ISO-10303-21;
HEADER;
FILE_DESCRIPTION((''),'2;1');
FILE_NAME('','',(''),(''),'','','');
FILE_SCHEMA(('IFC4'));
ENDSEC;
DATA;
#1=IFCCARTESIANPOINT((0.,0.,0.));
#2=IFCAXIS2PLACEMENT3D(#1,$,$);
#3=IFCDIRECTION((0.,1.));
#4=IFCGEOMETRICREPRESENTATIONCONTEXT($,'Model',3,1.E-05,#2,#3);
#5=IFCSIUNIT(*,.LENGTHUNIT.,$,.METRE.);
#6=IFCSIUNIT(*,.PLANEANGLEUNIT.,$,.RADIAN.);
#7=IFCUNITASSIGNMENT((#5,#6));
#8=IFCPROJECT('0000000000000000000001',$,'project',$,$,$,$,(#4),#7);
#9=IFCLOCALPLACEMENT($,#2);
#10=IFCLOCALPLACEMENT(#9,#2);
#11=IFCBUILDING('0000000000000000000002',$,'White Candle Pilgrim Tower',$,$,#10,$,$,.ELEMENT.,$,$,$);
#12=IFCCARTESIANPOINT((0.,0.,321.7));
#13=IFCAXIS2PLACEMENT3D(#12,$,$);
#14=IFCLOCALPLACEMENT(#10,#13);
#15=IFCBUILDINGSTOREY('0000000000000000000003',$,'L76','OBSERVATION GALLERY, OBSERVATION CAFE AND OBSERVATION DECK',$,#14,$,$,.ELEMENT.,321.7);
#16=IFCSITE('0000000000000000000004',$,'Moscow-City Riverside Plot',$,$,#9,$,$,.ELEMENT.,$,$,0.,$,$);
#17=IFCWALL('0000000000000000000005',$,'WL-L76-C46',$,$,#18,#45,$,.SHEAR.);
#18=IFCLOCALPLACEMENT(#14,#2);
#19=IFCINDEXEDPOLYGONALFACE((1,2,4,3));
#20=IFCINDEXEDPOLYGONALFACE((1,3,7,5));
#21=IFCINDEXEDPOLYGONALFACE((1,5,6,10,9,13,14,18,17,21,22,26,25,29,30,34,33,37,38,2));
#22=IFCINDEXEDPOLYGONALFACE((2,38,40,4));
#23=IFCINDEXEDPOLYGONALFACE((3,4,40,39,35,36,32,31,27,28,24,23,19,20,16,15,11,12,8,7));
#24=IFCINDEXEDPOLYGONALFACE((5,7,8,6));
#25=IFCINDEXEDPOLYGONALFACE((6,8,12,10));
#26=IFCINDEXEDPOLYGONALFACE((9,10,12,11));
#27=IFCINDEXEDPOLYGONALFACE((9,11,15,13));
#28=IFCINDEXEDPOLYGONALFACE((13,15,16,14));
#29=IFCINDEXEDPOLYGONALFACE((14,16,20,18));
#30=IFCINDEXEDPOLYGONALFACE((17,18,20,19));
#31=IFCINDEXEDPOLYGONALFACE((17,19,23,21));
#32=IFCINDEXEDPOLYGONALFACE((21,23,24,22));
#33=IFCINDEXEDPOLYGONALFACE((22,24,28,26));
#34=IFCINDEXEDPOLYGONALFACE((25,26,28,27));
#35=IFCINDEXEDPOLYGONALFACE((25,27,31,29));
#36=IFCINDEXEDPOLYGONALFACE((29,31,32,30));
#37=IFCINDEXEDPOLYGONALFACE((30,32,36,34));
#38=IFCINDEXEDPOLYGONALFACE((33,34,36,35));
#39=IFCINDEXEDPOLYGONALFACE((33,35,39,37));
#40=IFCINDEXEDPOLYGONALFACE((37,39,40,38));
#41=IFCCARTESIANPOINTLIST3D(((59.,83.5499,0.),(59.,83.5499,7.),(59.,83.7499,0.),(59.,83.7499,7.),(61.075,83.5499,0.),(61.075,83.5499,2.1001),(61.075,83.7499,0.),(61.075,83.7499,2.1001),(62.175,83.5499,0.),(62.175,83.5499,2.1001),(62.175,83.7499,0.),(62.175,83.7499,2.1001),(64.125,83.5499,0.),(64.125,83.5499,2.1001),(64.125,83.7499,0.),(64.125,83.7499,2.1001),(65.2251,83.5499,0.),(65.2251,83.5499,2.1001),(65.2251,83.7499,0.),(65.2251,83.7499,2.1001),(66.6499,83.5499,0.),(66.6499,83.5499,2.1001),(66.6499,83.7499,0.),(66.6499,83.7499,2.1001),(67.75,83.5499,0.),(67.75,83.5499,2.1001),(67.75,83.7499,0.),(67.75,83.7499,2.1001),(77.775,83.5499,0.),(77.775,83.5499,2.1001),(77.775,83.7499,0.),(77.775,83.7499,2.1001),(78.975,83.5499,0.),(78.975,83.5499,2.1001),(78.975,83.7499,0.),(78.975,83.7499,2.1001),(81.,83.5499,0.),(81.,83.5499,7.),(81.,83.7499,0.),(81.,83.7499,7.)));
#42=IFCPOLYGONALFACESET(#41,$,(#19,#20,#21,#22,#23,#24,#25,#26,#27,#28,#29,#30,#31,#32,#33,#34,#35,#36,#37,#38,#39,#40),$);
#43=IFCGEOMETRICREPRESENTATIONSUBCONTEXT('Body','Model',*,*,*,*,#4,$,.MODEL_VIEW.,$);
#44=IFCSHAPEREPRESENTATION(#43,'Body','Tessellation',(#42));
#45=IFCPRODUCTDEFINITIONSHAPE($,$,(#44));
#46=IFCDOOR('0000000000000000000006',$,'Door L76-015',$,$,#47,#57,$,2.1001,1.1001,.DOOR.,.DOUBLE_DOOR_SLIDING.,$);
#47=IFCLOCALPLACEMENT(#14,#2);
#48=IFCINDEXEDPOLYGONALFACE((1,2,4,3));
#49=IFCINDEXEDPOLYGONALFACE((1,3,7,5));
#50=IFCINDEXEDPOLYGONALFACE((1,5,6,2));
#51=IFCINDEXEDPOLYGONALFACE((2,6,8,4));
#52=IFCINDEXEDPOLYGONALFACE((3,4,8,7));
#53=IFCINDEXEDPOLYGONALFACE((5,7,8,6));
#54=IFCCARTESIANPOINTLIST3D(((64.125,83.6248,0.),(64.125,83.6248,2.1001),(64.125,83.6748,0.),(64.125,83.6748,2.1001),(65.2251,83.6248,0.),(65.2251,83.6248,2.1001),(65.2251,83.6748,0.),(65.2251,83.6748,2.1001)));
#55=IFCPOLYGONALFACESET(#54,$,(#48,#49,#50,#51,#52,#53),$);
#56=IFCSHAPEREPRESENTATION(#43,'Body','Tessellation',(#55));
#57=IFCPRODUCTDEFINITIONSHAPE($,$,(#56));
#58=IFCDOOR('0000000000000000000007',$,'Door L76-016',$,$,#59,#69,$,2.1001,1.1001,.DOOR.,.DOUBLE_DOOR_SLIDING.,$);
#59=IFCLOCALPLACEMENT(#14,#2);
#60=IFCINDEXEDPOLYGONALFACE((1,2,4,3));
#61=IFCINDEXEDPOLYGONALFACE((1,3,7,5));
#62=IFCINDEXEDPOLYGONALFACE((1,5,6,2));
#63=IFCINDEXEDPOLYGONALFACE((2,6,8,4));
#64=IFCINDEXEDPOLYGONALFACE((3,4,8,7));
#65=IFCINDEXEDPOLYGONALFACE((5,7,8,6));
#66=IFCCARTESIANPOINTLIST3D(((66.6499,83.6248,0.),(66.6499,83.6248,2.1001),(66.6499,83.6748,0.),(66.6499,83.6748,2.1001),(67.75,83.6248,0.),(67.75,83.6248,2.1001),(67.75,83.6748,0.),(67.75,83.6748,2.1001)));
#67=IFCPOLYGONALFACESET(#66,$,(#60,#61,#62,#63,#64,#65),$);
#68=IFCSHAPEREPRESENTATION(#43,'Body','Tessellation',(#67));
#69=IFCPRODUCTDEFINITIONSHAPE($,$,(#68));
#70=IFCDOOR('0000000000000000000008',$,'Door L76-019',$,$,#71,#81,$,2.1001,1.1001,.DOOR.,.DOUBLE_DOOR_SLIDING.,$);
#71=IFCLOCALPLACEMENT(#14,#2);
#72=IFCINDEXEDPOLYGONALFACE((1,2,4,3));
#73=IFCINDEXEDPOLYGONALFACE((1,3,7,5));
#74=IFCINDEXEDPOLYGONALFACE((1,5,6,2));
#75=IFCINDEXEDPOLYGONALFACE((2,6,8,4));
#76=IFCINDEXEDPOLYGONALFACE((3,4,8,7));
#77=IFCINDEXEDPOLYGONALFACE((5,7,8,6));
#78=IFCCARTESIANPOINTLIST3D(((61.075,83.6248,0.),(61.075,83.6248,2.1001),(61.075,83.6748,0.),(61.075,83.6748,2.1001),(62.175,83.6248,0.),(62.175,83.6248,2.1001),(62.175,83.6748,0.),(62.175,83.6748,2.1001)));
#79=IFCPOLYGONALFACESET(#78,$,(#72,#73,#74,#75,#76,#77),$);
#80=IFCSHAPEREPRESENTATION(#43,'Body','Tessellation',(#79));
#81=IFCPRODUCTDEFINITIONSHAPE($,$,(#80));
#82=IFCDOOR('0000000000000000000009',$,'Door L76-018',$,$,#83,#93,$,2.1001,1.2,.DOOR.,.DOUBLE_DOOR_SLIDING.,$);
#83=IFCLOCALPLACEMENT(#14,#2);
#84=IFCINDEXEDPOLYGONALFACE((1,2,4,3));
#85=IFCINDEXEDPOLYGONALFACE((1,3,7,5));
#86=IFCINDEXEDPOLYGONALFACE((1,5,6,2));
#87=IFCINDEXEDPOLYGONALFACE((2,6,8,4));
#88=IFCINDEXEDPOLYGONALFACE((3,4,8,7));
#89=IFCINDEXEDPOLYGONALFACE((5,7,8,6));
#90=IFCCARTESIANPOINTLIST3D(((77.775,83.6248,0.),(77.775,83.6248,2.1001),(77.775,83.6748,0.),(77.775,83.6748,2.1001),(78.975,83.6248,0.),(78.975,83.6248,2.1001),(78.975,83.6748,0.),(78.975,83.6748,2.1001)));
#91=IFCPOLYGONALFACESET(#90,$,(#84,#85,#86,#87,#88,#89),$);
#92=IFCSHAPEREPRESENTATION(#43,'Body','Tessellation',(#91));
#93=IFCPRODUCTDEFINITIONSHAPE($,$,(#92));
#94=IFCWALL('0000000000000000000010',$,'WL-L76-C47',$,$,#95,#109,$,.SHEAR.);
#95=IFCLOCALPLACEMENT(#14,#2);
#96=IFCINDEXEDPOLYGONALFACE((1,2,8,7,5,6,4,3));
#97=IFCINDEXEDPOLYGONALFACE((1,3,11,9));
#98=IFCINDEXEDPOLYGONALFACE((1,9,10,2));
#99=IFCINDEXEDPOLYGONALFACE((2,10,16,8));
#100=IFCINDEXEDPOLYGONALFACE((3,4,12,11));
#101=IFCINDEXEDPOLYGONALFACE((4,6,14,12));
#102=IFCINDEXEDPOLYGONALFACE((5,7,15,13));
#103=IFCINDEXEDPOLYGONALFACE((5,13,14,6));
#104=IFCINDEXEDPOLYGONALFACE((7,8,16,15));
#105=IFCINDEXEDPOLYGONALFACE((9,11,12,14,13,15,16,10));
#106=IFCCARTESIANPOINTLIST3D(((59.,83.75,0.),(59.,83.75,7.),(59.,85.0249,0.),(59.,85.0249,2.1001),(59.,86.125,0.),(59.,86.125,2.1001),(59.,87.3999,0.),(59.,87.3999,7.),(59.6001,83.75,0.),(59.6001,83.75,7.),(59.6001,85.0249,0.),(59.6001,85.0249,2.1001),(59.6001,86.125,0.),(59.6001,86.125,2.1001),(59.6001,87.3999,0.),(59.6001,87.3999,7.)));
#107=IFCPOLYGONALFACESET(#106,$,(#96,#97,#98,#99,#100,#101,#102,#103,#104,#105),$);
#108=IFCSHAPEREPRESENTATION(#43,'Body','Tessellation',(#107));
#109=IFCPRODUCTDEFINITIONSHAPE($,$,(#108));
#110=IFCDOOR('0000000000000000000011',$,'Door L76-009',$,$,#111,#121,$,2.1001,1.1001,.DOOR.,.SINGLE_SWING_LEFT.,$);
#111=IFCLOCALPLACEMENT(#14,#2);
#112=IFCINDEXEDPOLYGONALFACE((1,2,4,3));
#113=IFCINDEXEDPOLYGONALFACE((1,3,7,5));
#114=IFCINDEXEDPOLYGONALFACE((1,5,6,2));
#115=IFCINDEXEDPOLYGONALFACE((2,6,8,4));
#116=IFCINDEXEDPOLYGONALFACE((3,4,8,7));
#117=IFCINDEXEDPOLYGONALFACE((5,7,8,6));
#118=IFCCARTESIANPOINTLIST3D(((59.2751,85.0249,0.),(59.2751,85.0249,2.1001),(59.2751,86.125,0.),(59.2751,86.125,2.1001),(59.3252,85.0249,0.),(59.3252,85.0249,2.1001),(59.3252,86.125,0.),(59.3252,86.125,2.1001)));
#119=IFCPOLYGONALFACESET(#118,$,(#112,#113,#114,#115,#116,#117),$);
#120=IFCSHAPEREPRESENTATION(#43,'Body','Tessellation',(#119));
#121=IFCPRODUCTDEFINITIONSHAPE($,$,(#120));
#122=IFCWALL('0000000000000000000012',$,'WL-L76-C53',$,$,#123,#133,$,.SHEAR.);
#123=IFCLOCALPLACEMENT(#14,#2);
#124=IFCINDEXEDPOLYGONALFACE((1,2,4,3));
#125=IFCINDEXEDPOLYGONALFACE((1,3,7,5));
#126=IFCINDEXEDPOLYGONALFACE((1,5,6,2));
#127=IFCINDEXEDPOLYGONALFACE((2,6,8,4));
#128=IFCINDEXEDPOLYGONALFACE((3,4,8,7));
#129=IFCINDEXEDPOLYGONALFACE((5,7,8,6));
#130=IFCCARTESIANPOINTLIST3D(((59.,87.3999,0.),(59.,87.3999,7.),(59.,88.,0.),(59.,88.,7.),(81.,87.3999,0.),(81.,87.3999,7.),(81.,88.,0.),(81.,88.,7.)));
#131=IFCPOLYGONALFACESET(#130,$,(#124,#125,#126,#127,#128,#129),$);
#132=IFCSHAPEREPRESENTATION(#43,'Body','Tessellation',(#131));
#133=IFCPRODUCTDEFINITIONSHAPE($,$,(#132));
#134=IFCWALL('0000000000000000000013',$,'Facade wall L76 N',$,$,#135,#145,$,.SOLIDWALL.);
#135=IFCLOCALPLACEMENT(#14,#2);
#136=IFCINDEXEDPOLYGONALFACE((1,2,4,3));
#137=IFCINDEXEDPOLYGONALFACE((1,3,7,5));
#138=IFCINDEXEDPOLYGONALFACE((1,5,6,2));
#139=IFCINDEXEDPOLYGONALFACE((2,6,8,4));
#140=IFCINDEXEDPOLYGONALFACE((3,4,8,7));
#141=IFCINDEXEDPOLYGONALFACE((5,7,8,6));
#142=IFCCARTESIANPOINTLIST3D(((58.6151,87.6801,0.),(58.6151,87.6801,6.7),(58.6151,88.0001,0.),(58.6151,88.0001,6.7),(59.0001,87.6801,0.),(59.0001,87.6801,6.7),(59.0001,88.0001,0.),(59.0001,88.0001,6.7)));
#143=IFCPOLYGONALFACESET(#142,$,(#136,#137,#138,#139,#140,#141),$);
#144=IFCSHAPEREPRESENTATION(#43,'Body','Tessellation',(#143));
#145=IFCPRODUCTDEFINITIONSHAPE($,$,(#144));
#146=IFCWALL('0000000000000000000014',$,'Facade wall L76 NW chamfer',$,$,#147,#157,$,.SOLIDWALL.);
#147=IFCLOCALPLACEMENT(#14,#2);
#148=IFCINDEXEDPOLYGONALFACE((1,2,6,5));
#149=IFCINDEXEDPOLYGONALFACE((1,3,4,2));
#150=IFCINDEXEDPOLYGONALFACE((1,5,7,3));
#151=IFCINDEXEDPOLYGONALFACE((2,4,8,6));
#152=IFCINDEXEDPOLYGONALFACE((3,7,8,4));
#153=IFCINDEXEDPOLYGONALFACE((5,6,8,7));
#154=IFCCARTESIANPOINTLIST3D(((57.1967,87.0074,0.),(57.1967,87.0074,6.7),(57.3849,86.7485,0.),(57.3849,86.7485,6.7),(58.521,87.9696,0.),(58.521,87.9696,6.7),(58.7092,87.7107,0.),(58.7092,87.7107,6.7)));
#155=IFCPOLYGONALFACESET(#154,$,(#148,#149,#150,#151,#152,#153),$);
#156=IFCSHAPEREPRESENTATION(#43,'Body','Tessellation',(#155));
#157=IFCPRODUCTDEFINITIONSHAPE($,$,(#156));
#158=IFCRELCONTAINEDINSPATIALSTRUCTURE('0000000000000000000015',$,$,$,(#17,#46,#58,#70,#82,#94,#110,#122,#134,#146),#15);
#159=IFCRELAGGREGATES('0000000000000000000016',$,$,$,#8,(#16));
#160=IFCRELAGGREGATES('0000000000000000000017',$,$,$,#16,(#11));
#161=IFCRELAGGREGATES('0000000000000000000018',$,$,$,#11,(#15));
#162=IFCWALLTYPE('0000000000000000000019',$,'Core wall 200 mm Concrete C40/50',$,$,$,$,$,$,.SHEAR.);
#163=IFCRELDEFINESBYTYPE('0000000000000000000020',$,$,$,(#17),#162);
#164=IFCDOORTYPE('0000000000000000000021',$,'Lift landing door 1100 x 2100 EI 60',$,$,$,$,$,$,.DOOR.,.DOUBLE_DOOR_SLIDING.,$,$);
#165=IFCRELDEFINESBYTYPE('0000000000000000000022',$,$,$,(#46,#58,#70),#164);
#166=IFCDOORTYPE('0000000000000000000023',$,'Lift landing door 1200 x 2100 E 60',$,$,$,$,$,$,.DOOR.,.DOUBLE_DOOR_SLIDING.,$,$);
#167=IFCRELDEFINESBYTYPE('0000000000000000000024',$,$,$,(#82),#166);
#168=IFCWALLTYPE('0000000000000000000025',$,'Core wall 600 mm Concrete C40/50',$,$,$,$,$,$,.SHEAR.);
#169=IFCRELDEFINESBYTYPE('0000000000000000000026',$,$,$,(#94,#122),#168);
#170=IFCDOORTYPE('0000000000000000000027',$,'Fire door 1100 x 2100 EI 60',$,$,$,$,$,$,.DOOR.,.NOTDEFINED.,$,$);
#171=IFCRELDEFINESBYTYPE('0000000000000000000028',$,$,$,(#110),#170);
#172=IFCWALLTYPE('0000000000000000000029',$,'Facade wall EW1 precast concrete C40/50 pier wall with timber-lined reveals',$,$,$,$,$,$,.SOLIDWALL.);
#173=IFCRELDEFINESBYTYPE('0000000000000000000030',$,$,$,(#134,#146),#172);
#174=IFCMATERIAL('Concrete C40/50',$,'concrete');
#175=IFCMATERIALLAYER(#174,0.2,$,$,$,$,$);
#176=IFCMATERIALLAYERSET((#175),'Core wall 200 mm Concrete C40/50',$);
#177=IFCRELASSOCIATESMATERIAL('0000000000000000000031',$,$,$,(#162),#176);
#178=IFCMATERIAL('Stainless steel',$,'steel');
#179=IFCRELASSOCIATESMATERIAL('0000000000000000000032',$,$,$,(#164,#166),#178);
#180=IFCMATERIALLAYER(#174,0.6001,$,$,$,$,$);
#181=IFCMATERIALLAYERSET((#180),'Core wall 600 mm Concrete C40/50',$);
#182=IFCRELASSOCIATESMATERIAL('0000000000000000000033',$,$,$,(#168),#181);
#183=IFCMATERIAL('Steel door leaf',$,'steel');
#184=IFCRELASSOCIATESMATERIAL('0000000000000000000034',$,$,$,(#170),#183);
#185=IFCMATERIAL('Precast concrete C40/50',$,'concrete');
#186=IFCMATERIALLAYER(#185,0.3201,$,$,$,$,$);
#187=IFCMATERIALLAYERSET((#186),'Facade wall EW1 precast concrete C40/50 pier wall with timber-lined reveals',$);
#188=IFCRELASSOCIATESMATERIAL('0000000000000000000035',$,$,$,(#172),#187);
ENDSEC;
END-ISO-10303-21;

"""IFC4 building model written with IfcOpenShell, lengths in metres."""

from ifc_helpers import new_model, si_unit, direction, frame, frame_2d, origin, place, context, subcontext, project, spatial, rectangle, extrude, material, layer, layer_set, type_object, element, fill, save


model = new_model("IFC4")

# Units and contexts
model_context = context("Model", 3, precision=1e-05, world=origin(), true_north=direction((0.0, 1.0)))
body_context = subcontext(model_context, "Body", "Model", "MODEL_VIEW")
ifc_project = project(units=[si_unit("LENGTHUNIT", "METRE"), si_unit("PLANEANGLEUNIT", "RADIAN")], contexts=[model_context])

# Site, building, storey
site_placement = place(None, origin())
site = spatial("IfcSite", under=ifc_project, at=site_placement, Name="Moscow-City Riverside Plot", CompositionType="ELEMENT", RefElevation=0.0)
building_placement = place(site_placement, origin())
building = spatial("IfcBuilding", under=site, at=building_placement, Name="White Candle Pilgrim Tower", CompositionType="ELEMENT")
storey_placement = place(building_placement, frame((0.0, 0.0, 321.7)))
storey = spatial("IfcBuildingStorey", under=building, at=storey_placement, Name="L76", Description="OBSERVATION GALLERY, OBSERVATION CAFE AND OBSERVATION DECK", CompositionType="ELEMENT", Elevation=321.7)

# Shared definitions
ifc_material_1 = material(Name="Concrete C40/50", Category="concrete")
ifc_layer_1 = layer(ifc_material_1, 0.2)
ifc_layer_set_1 = layer_set([ifc_layer_1], Name="Core wall 200 mm Concrete C40/50")
wall_type_1 = type_object("IfcWallType", Name="Core wall 200 mm Concrete C40/50", PredefinedType="SHEAR", material=ifc_layer_set_1)

# Wall, openings, doors
wall_1_placement = place(storey_placement, frame((59.0, 83.6499, 0.0), z_axis=(0.0, 0.0, 1.0), x_axis=(1.0, 0.0, 0.0)))
wall_1 = element("IfcWall", 1, at=wall_1_placement, inside=storey, type_object=wall_type_1, Name="WL-L76-C46", PredefinedType="SHEAR", context=body_context, shape_type="SweptSolid", body=[
    extrude(rectangle(XDim=22.0, YDim=0.2, at=frame_2d((11.0, 0.0))), origin(), (0.0, 0.0, 1.0), 7.0),
])
opening_1_placement = place(wall_1_placement, frame((5.125, 0.0, 0.0)))
opening_1 = element("IfcOpeningElement", 2, at=opening_1_placement, cuts=wall_1, PredefinedType="OPENING", context=body_context, shape_type="SweptSolid", body=[
    extrude(rectangle(XDim=1.1001, YDim=2.1001, at=frame_2d((0.55, 1.05))), frame((0.0, 0.1099, 0.0), z_axis=(0.0, -1.0, 0.0), x_axis=(1.0, 0.0, 0.0)), (0.0, 0.0, 1.0), 0.22),
])
opening_2_placement = place(wall_1_placement, frame((7.6499, 0.0, 0.0)))
opening_2 = element("IfcOpeningElement", 3, at=opening_2_placement, cuts=wall_1, PredefinedType="OPENING", context=body_context, shape_type="SweptSolid", body=[
    extrude(rectangle(XDim=1.1001, YDim=2.1001, at=frame_2d((0.55, 1.05))), frame((0.0, 0.1099, 0.0), z_axis=(0.0, -1.0, 0.0), x_axis=(1.0, 0.0, 0.0)), (0.0, 0.0, 1.0), 0.22),
])
opening_3_placement = place(wall_1_placement, frame((18.7749, 0.0, 0.0)))
opening_3 = element("IfcOpeningElement", 4, at=opening_3_placement, cuts=wall_1, PredefinedType="OPENING", context=body_context, shape_type="SweptSolid", body=[
    extrude(rectangle(XDim=1.2, YDim=2.1001, at=frame_2d((0.6001, 1.05))), frame((0.0, 0.1099, 0.0), z_axis=(0.0, -1.0, 0.0), x_axis=(1.0, 0.0, 0.0)), (0.0, 0.0, 1.0), 0.22),
])
opening_4_placement = place(wall_1_placement, frame((2.075, 0.0, 0.0)))
opening_4 = element("IfcOpeningElement", 5, at=opening_4_placement, cuts=wall_1, PredefinedType="OPENING", context=body_context, shape_type="SweptSolid", body=[
    extrude(rectangle(XDim=1.1001, YDim=2.1001, at=frame_2d((0.55, 1.05))), frame((0.0, 0.1099, 0.0), z_axis=(0.0, -1.0, 0.0), x_axis=(1.0, 0.0, 0.0)), (0.0, 0.0, 1.0), 0.22),
])
ifc_material_2 = material(Name="Stainless steel", Category="steel")
door_type_1 = type_object("IfcDoorType", Name="Lift landing door 1100 x 2100 EI 60", OperationType="DOUBLE_DOOR_SLIDING", PredefinedType="DOOR", material=ifc_material_2)
door_1_placement = place(opening_1_placement, origin())
door_1 = element("IfcDoor", 6, at=door_1_placement, inside=storey, type_object=door_type_1, Name="Door L76-015", OperationType="DOUBLE_DOOR_SLIDING", OverallHeight=2.1001, OverallWidth=1.1001, PredefinedType="DOOR", context=body_context, shape_type="SweptSolid", body=[
    extrude(rectangle(XDim=1.1001, YDim=2.1001, at=frame_2d((0.55, 1.05))), frame((0.0, 0.0249, 0.0), z_axis=(0.0, -1.0, 0.0), x_axis=(1.0, 0.0, 0.0)), (0.0, 0.0, 1.0), 0.05),
])
fill(opening_1, door_1)
door_2_placement = place(opening_2_placement, origin())
door_2 = element("IfcDoor", 7, at=door_2_placement, inside=storey, type_object=door_type_1, Name="Door L76-016", OperationType="DOUBLE_DOOR_SLIDING", OverallHeight=2.1001, OverallWidth=1.1001, PredefinedType="DOOR", context=body_context, shape_type="SweptSolid", body=[
    extrude(rectangle(XDim=1.1001, YDim=2.1001, at=frame_2d((0.55, 1.05))), frame((0.0, 0.0249, 0.0), z_axis=(0.0, -1.0, 0.0), x_axis=(1.0, 0.0, 0.0)), (0.0, 0.0, 1.0), 0.05),
])
fill(opening_2, door_2)
door_3_placement = place(opening_4_placement, origin())
door_3 = element("IfcDoor", 8, at=door_3_placement, inside=storey, type_object=door_type_1, Name="Door L76-019", OperationType="DOUBLE_DOOR_SLIDING", OverallHeight=2.1001, OverallWidth=1.1001, PredefinedType="DOOR", context=body_context, shape_type="SweptSolid", body=[
    extrude(rectangle(XDim=1.1001, YDim=2.1001, at=frame_2d((0.55, 1.05))), frame((0.0, 0.0249, 0.0), z_axis=(0.0, -1.0, 0.0), x_axis=(1.0, 0.0, 0.0)), (0.0, 0.0, 1.0), 0.05),
])
fill(opening_4, door_3)
door_type_2 = type_object("IfcDoorType", Name="Lift landing door 1200 x 2100 E 60", OperationType="DOUBLE_DOOR_SLIDING", PredefinedType="DOOR", material=ifc_material_2)
door_4_placement = place(opening_3_placement, origin())
door_4 = element("IfcDoor", 9, at=door_4_placement, inside=storey, type_object=door_type_2, Name="Door L76-018", OperationType="DOUBLE_DOOR_SLIDING", OverallHeight=2.1001, OverallWidth=1.2, PredefinedType="DOOR", context=body_context, shape_type="SweptSolid", body=[
    extrude(rectangle(XDim=1.2, YDim=2.1001, at=frame_2d((0.6001, 1.05))), frame((0.0, 0.0249, 0.0), z_axis=(0.0, -1.0, 0.0), x_axis=(1.0, 0.0, 0.0)), (0.0, 0.0, 1.0), 0.05),
])
fill(opening_3, door_4)

# Wall, opening, door
ifc_layer_2 = layer(ifc_material_1, 0.6001)
ifc_layer_set_2 = layer_set([ifc_layer_2], Name="Core wall 600 mm Concrete C40/50")
wall_type_2 = type_object("IfcWallType", Name="Core wall 600 mm Concrete C40/50", PredefinedType="SHEAR", material=ifc_layer_set_2)
wall_2_placement = place(storey_placement, frame((59.3, 83.75, 0.0), z_axis=(0.0, 0.0, 1.0), x_axis=(0.0, 1.0, 0.0)))
wall_2 = element("IfcWall", 10, at=wall_2_placement, inside=storey, type_object=wall_type_2, Name="WL-L76-C47", PredefinedType="SHEAR", context=body_context, shape_type="SweptSolid", body=[
    extrude(rectangle(XDim=3.6499, YDim=0.6001, at=frame_2d((1.825, 0.0))), origin(), (0.0, 0.0, 1.0), 7.0),
])
opening_5_placement = place(wall_2_placement, frame((1.2749, 0.0, 0.0)))
opening_5 = element("IfcOpeningElement", 11, at=opening_5_placement, cuts=wall_2, PredefinedType="OPENING", context=body_context, shape_type="SweptSolid", body=[
    extrude(rectangle(XDim=1.1001, YDim=2.1001, at=frame_2d((0.55, 1.05))), frame((0.0, 0.3101, 0.0), z_axis=(0.0, -1.0, 0.0), x_axis=(1.0, 0.0, 0.0)), (0.0, 0.0, 1.0), 0.6201),
])
ifc_material_3 = material(Name="Steel door leaf", Category="steel")
door_type_3 = type_object("IfcDoorType", Name="Fire door 1100 x 2100 EI 60", OperationType="NOTDEFINED", PredefinedType="DOOR", material=ifc_material_3)
door_5_placement = place(opening_5_placement, origin())
door_5 = element("IfcDoor", 12, at=door_5_placement, inside=storey, type_object=door_type_3, Name="Door L76-009", OperationType="SINGLE_SWING_LEFT", OverallHeight=2.1001, OverallWidth=1.1001, PredefinedType="DOOR", context=body_context, shape_type="SweptSolid", body=[
    extrude(rectangle(XDim=1.1001, YDim=2.1001, at=frame_2d((0.55, 1.05))), frame((0.0, 0.0249, 0.0), z_axis=(0.0, -1.0, 0.0), x_axis=(1.0, 0.0, 0.0)), (0.0, 0.0, 1.0), 0.05),
])
fill(opening_5, door_5)

# Walls
wall_3_placement = place(storey_placement, frame((59.0, 87.7, 0.0), z_axis=(0.0, 0.0, 1.0), x_axis=(1.0, 0.0, 0.0)))
element("IfcWall", 13, at=wall_3_placement, inside=storey, type_object=wall_type_2, Name="WL-L76-C53", PredefinedType="SHEAR", context=body_context, shape_type="SweptSolid", body=[
    extrude(rectangle(XDim=22.0, YDim=0.6001, at=frame_2d((11.0, 0.0))), origin(), (0.0, 0.0, 1.0), 7.0),
])
ifc_material_4 = material(Name="Precast concrete C40/50", Category="concrete")
ifc_layer_3 = layer(ifc_material_4, 0.3201)
ifc_layer_set_3 = layer_set([ifc_layer_3], Name="Facade wall EW1 precast concrete C40/50 pier wall with timber-lined reveals")
wall_type_3 = type_object("IfcWallType", Name="Facade wall EW1 precast concrete C40/50 pier wall with timber-lined reveals", PredefinedType="SOLIDWALL", material=ifc_layer_set_3)
wall_4_placement = place(storey_placement, frame((59.0, 87.8401, 0.0), z_axis=(0.0, 0.0, 1.0), x_axis=(-1.0, 0.0, 0.0)))
element("IfcWall", 14, at=wall_4_placement, inside=storey, type_object=wall_type_3, Name="Facade wall L76 N", PredefinedType="SOLIDWALL", context=body_context, shape_type="SweptSolid", body=[
    extrude(rectangle(XDim=0.385, YDim=0.3201, at=frame_2d((0.1924, 0.0))), origin(), (0.0, 0.0, 1.0), 6.7),
])
wall_5_placement = place(storey_placement, frame((58.615, 87.8401, 0.0), z_axis=(0.0, 0.0, 1.0), x_axis=(-0.809, -0.587808, 0.0)))
element("IfcWall", 15, at=wall_5_placement, inside=storey, type_object=wall_type_3, Name="Facade wall L76 NW chamfer", PredefinedType="SOLIDWALL", context=body_context, shape_type="SweptSolid", body=[
    extrude(rectangle(XDim=1.637, YDim=0.3201, at=frame_2d((0.8184, 0.0))), origin(), (0.0, 0.0, 1.0), 6.7),
])

save(model, "model.ifc")
